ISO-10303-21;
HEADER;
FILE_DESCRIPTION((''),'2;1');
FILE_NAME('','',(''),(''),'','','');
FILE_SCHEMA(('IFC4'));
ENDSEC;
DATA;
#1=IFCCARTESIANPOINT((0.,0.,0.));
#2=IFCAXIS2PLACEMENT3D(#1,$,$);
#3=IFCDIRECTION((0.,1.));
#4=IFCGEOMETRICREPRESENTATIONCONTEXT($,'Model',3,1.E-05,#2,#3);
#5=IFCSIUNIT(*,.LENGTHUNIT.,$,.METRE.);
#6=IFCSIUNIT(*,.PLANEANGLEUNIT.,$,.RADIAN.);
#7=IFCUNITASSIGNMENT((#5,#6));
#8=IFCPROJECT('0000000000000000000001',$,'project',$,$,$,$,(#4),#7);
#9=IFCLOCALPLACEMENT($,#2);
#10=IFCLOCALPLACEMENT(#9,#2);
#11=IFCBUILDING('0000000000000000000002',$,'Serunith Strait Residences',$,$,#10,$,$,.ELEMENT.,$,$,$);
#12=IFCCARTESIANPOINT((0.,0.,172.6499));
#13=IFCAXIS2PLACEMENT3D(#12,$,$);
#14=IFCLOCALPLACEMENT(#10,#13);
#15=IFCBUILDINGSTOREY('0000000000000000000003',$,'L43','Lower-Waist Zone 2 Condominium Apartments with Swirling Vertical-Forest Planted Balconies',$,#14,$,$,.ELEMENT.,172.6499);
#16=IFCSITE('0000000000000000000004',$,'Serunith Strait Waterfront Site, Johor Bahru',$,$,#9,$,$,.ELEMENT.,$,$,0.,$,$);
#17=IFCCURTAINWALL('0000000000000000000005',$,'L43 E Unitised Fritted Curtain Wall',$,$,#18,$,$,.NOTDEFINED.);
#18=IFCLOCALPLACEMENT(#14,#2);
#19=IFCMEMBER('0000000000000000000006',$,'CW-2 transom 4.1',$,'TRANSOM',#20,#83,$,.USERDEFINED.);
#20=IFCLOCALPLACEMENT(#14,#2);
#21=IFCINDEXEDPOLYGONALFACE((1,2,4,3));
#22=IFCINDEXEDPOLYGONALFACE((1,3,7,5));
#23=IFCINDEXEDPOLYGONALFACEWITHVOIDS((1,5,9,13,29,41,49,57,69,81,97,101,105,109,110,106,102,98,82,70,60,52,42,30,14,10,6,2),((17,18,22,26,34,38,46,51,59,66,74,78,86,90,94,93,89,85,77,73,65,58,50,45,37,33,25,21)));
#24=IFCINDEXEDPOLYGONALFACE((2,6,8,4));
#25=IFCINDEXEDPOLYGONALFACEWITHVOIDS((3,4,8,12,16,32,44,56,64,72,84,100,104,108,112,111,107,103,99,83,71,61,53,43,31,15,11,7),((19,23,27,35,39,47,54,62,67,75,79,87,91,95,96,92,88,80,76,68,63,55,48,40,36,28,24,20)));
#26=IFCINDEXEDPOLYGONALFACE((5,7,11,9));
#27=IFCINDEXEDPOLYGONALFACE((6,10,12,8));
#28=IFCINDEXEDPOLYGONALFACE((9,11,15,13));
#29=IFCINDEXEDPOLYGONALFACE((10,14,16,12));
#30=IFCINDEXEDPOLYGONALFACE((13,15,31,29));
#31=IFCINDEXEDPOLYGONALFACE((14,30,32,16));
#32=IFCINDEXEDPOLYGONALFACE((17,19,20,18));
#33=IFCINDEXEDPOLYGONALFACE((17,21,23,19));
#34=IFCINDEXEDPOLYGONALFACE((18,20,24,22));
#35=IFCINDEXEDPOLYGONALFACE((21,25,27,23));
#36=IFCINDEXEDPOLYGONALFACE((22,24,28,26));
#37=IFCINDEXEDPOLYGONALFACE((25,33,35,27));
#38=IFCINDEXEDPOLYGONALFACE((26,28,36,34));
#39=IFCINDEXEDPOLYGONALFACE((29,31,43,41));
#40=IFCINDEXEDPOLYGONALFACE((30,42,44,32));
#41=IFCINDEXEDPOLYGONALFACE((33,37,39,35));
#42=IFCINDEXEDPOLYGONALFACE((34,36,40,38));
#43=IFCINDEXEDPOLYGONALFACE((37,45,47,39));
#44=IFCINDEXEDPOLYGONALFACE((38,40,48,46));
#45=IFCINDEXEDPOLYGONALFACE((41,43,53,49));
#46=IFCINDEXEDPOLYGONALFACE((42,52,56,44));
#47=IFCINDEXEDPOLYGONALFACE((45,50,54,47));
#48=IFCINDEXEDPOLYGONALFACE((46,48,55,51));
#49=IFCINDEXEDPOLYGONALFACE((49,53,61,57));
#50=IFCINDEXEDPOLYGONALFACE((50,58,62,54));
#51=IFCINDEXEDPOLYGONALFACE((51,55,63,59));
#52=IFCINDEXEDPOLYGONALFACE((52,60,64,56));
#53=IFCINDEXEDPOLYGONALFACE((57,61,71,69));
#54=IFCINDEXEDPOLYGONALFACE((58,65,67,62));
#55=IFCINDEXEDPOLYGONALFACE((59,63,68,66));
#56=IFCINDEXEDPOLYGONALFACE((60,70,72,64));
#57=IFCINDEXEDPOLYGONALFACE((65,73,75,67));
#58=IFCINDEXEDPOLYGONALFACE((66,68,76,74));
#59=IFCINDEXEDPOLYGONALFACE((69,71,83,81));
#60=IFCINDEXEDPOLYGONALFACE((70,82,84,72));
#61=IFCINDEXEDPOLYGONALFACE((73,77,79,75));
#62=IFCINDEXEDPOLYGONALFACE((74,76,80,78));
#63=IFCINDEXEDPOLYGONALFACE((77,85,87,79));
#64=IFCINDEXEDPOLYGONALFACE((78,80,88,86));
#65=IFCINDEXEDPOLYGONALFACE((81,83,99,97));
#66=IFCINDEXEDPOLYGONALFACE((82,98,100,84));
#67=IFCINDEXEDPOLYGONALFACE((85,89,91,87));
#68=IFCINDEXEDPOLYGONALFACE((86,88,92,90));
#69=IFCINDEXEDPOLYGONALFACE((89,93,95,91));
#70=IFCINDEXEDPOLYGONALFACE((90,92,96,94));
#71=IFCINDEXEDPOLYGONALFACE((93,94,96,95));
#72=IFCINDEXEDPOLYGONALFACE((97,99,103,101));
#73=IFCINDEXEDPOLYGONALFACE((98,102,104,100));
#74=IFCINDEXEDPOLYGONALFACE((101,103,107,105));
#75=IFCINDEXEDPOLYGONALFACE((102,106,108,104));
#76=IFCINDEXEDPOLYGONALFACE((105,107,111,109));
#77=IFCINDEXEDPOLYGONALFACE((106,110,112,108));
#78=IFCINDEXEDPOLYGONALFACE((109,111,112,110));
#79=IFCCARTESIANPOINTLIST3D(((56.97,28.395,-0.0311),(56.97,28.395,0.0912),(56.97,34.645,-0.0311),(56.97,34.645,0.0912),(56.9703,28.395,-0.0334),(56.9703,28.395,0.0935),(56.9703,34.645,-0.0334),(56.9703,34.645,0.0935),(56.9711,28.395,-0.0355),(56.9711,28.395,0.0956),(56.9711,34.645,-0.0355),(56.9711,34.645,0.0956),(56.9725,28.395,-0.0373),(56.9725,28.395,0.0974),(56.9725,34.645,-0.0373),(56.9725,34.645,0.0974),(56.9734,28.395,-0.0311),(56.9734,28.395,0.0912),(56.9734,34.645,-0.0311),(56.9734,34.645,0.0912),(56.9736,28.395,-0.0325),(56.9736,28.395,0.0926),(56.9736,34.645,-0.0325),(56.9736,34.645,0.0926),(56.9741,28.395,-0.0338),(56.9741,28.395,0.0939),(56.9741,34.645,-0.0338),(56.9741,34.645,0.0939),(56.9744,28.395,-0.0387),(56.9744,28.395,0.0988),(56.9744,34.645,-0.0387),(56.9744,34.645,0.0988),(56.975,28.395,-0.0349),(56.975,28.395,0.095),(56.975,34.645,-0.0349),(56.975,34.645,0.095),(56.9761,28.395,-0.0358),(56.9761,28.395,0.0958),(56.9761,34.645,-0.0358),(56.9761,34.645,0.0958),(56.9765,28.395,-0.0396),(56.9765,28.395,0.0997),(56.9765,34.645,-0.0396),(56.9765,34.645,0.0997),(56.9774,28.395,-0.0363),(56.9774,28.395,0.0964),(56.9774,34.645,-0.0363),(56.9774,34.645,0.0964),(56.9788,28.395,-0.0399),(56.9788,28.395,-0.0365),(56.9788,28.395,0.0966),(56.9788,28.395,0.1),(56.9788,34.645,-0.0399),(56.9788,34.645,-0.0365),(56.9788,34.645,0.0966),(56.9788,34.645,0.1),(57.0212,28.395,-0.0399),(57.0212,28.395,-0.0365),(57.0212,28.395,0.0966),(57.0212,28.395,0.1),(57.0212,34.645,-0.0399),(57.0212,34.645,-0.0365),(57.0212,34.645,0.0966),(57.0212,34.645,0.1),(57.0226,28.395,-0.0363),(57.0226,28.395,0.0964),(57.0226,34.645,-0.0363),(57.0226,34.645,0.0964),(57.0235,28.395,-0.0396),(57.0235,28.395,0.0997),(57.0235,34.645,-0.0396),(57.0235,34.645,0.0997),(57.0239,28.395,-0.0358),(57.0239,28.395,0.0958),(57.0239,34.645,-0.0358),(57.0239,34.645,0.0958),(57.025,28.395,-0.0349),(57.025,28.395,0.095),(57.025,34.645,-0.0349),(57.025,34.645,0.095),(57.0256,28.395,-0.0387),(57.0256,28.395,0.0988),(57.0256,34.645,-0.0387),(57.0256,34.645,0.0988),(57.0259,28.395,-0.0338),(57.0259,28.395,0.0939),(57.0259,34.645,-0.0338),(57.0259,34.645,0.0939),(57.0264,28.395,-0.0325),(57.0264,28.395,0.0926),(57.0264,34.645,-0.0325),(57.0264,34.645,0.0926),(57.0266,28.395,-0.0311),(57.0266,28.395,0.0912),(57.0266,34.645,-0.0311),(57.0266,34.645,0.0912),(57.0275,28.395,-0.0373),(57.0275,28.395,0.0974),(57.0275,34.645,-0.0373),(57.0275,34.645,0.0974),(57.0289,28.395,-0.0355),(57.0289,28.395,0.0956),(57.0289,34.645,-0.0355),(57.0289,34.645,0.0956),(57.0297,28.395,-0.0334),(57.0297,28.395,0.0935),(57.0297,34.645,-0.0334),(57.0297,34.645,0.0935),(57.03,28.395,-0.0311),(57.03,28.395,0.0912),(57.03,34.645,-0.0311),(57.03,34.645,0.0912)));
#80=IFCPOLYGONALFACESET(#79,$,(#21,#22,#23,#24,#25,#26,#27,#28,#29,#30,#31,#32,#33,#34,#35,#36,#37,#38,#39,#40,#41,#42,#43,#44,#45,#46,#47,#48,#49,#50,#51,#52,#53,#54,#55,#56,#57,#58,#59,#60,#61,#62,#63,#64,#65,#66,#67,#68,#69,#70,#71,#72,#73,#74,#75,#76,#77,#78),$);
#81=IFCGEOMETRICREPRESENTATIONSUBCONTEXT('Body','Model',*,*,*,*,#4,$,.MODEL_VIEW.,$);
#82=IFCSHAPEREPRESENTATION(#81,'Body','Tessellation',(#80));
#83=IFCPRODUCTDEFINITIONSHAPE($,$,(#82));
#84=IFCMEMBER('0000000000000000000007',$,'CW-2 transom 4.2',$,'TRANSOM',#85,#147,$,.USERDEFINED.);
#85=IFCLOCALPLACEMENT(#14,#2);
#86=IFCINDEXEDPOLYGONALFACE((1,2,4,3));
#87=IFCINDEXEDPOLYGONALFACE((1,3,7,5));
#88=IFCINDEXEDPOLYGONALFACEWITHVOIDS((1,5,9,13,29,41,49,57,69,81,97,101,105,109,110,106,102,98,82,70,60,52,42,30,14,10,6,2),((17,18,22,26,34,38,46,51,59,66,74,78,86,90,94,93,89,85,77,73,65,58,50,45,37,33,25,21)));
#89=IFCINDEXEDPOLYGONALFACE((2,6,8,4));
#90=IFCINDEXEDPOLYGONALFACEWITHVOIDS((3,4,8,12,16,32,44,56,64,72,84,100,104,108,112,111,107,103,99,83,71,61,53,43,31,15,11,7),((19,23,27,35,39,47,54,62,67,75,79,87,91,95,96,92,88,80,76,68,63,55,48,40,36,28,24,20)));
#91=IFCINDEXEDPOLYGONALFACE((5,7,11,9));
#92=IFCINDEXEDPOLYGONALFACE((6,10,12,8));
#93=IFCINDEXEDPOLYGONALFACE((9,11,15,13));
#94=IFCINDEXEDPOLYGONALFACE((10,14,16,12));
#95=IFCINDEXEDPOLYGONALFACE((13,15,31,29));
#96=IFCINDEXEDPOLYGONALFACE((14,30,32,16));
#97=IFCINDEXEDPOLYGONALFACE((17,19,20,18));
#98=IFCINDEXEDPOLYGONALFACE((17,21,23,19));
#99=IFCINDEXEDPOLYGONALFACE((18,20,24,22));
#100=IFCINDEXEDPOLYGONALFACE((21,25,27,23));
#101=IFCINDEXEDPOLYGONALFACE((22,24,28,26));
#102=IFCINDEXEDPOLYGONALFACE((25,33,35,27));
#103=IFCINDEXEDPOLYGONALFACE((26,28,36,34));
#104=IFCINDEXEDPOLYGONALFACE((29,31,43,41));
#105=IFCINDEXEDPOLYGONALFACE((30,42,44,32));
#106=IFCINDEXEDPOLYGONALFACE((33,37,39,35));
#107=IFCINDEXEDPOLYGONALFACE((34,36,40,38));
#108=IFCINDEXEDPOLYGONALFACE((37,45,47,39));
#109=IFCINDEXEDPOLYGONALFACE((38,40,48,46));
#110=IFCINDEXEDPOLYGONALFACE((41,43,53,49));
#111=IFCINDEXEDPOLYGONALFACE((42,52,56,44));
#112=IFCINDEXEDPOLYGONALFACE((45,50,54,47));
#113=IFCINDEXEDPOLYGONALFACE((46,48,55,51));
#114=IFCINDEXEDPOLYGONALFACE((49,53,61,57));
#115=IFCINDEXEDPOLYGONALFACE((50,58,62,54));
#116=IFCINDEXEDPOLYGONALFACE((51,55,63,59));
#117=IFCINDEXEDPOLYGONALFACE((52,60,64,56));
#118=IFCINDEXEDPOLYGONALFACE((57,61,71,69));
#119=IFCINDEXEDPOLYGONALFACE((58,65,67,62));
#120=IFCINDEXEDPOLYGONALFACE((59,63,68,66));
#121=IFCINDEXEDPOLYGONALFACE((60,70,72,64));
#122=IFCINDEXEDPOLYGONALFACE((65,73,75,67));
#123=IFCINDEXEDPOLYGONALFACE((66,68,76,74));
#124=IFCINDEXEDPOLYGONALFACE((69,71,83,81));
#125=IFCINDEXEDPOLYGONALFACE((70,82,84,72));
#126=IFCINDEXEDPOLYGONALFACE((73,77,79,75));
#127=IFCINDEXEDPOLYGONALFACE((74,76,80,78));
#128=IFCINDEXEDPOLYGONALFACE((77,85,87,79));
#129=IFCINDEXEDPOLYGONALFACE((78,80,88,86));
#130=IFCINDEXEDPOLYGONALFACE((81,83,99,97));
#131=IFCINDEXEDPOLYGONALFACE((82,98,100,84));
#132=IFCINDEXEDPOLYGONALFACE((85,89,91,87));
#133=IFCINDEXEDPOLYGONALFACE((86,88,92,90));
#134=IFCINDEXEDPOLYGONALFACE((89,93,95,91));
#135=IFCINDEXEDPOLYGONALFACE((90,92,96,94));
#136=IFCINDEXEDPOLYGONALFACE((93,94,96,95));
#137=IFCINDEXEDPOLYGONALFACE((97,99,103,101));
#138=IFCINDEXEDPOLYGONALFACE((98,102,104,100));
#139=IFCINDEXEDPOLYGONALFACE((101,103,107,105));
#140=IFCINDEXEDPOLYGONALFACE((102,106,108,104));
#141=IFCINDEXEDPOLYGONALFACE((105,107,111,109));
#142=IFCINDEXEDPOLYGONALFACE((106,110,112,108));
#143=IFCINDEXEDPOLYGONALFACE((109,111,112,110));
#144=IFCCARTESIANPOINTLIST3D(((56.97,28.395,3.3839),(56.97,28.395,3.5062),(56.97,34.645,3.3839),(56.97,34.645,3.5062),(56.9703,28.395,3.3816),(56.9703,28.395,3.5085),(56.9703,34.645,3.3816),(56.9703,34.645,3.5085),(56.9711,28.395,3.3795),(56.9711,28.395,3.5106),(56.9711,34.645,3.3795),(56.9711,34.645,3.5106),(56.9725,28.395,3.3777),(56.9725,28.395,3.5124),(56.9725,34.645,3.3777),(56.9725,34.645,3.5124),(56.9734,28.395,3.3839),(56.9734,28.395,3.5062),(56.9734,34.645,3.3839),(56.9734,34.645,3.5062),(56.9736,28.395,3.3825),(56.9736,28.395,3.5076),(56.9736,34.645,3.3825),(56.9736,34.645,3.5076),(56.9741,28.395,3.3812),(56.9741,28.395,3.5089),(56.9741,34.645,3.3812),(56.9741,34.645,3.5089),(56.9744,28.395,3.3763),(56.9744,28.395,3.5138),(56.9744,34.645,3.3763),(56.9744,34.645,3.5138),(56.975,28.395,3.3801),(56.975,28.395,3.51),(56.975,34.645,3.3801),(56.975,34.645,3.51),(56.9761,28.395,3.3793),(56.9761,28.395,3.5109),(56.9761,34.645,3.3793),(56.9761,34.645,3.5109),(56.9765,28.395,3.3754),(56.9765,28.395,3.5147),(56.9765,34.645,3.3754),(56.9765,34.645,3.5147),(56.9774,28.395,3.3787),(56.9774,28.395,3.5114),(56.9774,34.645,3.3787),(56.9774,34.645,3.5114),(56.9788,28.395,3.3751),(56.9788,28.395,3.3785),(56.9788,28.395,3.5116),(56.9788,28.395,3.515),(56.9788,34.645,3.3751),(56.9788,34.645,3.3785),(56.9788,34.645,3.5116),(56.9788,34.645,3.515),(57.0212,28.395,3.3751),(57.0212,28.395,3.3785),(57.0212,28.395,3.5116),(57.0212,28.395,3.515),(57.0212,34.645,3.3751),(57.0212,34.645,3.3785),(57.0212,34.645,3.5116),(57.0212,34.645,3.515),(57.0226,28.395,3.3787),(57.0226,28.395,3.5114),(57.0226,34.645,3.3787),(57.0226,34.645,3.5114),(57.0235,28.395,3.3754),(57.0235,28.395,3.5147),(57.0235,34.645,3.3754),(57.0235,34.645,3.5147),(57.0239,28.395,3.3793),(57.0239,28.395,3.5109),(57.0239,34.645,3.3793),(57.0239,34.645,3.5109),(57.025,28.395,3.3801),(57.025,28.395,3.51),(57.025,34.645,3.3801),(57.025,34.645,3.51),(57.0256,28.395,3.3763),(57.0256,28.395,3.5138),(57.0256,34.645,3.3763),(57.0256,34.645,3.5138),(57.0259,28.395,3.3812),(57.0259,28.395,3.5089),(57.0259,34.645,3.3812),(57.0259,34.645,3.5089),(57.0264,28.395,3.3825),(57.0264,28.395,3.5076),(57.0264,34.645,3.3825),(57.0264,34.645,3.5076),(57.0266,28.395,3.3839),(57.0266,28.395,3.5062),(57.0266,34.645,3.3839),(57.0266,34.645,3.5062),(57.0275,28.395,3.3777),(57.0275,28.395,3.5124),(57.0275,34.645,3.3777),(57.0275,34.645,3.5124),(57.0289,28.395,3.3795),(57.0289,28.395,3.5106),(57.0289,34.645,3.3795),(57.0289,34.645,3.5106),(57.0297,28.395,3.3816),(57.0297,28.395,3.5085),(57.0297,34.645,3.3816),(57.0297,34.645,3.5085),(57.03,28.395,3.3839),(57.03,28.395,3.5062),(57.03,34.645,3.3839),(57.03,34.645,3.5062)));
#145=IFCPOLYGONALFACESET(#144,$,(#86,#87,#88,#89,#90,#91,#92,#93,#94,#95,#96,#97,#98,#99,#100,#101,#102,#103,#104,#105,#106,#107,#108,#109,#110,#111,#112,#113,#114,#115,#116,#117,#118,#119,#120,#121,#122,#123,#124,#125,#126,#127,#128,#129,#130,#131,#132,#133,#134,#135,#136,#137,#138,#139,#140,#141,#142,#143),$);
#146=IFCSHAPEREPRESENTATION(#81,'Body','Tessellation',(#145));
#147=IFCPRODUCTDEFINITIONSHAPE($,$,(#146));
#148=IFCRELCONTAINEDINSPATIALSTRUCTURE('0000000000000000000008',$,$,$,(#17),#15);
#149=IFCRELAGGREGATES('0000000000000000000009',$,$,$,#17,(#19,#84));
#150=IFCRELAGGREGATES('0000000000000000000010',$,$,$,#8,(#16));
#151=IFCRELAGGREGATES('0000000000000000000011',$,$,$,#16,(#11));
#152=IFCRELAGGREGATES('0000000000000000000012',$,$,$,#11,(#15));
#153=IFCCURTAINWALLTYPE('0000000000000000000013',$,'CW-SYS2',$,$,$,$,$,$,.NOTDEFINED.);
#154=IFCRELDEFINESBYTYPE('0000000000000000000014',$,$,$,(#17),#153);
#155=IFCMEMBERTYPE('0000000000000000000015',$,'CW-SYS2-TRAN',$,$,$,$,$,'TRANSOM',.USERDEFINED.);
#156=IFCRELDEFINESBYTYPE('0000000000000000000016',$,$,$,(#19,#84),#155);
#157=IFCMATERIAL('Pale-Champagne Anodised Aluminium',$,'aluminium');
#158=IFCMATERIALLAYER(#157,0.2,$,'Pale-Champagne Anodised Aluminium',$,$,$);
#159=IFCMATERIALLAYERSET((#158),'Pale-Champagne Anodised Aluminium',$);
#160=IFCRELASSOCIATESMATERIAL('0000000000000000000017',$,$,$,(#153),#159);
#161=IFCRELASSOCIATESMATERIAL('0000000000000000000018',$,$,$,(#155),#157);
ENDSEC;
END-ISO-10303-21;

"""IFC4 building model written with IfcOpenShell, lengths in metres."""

from ifc_helpers import new_model, si_unit, direction, frame, origin, origin_2d, place, context, subcontext, project, spatial, hollow_rectangle, extrude, source, transform, mapped, material, layer, layer_set, material_profile, profile_set, type_object, element, aggregate, save


model = new_model("IFC4")

# Units and contexts
model_context = context("Model", 3, precision=1e-05, world=origin(), true_north=direction((0.0, 1.0)))
body_context = subcontext(model_context, "Body", "Model", "MODEL_VIEW")
ifc_project = project(units=[si_unit("LENGTHUNIT", "METRE"), si_unit("PLANEANGLEUNIT", "RADIAN")], contexts=[model_context])

# Site, building, storey
site_placement = place(None, origin())
site = spatial("IfcSite", under=ifc_project, at=site_placement, Name="Serunith Strait Waterfront Site, Johor Bahru", CompositionType="ELEMENT", RefElevation=0.0)
building_placement = place(site_placement, origin())
building = spatial("IfcBuilding", under=site, at=building_placement, Name="Serunith Strait Residences", CompositionType="ELEMENT")
storey_placement = place(building_placement, frame((0.0, 0.0, 172.6499)))
storey = spatial("IfcBuildingStorey", under=building, at=storey_placement, Name="L43", Description="Lower-Waist Zone 2 Condominium Apartments with Swirling Vertical-Forest Planted Balconies", CompositionType="ELEMENT", Elevation=172.6499)

# Curtain wall, members
ifc_material_1 = material(Name="Pale-Champagne Anodised Aluminium", Category="aluminium")
ifc_layer_1 = layer(ifc_material_1, 0.2, Name="Pale-Champagne Anodised Aluminium")
ifc_layer_set_1 = layer_set([ifc_layer_1], Name="Pale-Champagne Anodised Aluminium")
curtain_wall_type = type_object("IfcCurtainWallType", Name="CW-SYS2", PredefinedType="NOTDEFINED", material=ifc_layer_set_1)
curtain_wall_placement = place(storey_placement, origin())
curtain_wall = element("IfcCurtainWall", 1, at=curtain_wall_placement, inside=storey, type_object=curtain_wall_type, Name="L43 E Unitised Fritted Curtain Wall", PredefinedType="NOTDEFINED")
ifc_material_profile_1 = material_profile(ifc_material_1, hollow_rectangle(XDim=0.0601, YDim=0.1399, WallThickness=0.0034, InnerFilletRadius=0.0054, OuterFilletRadius=0.0088, at=origin_2d()), Name="ALU 140x60x3.5")
ifc_profile_set_1 = profile_set([ifc_material_profile_1], Name="Pale-Champagne Anodised Aluminium")
member_type_1 = type_object("IfcMemberType", Name="CW-SYS2-TRAN", ElementType="TRANSOM", PredefinedType="USERDEFINED", material=ifc_profile_set_1)
shared_shape_1 = source(origin(), body_context, "Body", "SweptSolid", [
    extrude(hollow_rectangle(XDim=0.0601, YDim=0.1399, WallThickness=0.0034, InnerFilletRadius=0.0054, OuterFilletRadius=0.0088, at=origin_2d()), origin(), (0.0, 0.0, 1.0), 6.25),
])
member_1_placement = place(storey_placement, frame((57.0, 28.395, 0.03), z_axis=(0.0, 1.0, 0.0), x_axis=(-1.0, 0.0, 0.0)))
member_1 = element("IfcMember", 2, at=member_1_placement, type_object=member_type_1, Name="CW-2 transom 4.1", ObjectType="TRANSOM", PredefinedType="USERDEFINED", context=body_context, shape_type="MappedRepresentation", body=[
    mapped(shared_shape_1, transform((0.0, 0.0, 0.0), scale=1.0)),
])
member_2_placement = place(storey_placement, frame((57.0, 28.395, 3.4451), z_axis=(0.0, 1.0, 0.0), x_axis=(-1.0, 0.0, 0.0)))
member_2 = element("IfcMember", 3, at=member_2_placement, type_object=member_type_1, Name="CW-2 transom 4.2", ObjectType="TRANSOM", PredefinedType="USERDEFINED", context=body_context, shape_type="MappedRepresentation", body=[
    mapped(shared_shape_1, transform((0.0, 0.0, 0.0), scale=1.0)),
])
aggregate(curtain_wall, [member_1, member_2])

save(model, "model.ifc")
